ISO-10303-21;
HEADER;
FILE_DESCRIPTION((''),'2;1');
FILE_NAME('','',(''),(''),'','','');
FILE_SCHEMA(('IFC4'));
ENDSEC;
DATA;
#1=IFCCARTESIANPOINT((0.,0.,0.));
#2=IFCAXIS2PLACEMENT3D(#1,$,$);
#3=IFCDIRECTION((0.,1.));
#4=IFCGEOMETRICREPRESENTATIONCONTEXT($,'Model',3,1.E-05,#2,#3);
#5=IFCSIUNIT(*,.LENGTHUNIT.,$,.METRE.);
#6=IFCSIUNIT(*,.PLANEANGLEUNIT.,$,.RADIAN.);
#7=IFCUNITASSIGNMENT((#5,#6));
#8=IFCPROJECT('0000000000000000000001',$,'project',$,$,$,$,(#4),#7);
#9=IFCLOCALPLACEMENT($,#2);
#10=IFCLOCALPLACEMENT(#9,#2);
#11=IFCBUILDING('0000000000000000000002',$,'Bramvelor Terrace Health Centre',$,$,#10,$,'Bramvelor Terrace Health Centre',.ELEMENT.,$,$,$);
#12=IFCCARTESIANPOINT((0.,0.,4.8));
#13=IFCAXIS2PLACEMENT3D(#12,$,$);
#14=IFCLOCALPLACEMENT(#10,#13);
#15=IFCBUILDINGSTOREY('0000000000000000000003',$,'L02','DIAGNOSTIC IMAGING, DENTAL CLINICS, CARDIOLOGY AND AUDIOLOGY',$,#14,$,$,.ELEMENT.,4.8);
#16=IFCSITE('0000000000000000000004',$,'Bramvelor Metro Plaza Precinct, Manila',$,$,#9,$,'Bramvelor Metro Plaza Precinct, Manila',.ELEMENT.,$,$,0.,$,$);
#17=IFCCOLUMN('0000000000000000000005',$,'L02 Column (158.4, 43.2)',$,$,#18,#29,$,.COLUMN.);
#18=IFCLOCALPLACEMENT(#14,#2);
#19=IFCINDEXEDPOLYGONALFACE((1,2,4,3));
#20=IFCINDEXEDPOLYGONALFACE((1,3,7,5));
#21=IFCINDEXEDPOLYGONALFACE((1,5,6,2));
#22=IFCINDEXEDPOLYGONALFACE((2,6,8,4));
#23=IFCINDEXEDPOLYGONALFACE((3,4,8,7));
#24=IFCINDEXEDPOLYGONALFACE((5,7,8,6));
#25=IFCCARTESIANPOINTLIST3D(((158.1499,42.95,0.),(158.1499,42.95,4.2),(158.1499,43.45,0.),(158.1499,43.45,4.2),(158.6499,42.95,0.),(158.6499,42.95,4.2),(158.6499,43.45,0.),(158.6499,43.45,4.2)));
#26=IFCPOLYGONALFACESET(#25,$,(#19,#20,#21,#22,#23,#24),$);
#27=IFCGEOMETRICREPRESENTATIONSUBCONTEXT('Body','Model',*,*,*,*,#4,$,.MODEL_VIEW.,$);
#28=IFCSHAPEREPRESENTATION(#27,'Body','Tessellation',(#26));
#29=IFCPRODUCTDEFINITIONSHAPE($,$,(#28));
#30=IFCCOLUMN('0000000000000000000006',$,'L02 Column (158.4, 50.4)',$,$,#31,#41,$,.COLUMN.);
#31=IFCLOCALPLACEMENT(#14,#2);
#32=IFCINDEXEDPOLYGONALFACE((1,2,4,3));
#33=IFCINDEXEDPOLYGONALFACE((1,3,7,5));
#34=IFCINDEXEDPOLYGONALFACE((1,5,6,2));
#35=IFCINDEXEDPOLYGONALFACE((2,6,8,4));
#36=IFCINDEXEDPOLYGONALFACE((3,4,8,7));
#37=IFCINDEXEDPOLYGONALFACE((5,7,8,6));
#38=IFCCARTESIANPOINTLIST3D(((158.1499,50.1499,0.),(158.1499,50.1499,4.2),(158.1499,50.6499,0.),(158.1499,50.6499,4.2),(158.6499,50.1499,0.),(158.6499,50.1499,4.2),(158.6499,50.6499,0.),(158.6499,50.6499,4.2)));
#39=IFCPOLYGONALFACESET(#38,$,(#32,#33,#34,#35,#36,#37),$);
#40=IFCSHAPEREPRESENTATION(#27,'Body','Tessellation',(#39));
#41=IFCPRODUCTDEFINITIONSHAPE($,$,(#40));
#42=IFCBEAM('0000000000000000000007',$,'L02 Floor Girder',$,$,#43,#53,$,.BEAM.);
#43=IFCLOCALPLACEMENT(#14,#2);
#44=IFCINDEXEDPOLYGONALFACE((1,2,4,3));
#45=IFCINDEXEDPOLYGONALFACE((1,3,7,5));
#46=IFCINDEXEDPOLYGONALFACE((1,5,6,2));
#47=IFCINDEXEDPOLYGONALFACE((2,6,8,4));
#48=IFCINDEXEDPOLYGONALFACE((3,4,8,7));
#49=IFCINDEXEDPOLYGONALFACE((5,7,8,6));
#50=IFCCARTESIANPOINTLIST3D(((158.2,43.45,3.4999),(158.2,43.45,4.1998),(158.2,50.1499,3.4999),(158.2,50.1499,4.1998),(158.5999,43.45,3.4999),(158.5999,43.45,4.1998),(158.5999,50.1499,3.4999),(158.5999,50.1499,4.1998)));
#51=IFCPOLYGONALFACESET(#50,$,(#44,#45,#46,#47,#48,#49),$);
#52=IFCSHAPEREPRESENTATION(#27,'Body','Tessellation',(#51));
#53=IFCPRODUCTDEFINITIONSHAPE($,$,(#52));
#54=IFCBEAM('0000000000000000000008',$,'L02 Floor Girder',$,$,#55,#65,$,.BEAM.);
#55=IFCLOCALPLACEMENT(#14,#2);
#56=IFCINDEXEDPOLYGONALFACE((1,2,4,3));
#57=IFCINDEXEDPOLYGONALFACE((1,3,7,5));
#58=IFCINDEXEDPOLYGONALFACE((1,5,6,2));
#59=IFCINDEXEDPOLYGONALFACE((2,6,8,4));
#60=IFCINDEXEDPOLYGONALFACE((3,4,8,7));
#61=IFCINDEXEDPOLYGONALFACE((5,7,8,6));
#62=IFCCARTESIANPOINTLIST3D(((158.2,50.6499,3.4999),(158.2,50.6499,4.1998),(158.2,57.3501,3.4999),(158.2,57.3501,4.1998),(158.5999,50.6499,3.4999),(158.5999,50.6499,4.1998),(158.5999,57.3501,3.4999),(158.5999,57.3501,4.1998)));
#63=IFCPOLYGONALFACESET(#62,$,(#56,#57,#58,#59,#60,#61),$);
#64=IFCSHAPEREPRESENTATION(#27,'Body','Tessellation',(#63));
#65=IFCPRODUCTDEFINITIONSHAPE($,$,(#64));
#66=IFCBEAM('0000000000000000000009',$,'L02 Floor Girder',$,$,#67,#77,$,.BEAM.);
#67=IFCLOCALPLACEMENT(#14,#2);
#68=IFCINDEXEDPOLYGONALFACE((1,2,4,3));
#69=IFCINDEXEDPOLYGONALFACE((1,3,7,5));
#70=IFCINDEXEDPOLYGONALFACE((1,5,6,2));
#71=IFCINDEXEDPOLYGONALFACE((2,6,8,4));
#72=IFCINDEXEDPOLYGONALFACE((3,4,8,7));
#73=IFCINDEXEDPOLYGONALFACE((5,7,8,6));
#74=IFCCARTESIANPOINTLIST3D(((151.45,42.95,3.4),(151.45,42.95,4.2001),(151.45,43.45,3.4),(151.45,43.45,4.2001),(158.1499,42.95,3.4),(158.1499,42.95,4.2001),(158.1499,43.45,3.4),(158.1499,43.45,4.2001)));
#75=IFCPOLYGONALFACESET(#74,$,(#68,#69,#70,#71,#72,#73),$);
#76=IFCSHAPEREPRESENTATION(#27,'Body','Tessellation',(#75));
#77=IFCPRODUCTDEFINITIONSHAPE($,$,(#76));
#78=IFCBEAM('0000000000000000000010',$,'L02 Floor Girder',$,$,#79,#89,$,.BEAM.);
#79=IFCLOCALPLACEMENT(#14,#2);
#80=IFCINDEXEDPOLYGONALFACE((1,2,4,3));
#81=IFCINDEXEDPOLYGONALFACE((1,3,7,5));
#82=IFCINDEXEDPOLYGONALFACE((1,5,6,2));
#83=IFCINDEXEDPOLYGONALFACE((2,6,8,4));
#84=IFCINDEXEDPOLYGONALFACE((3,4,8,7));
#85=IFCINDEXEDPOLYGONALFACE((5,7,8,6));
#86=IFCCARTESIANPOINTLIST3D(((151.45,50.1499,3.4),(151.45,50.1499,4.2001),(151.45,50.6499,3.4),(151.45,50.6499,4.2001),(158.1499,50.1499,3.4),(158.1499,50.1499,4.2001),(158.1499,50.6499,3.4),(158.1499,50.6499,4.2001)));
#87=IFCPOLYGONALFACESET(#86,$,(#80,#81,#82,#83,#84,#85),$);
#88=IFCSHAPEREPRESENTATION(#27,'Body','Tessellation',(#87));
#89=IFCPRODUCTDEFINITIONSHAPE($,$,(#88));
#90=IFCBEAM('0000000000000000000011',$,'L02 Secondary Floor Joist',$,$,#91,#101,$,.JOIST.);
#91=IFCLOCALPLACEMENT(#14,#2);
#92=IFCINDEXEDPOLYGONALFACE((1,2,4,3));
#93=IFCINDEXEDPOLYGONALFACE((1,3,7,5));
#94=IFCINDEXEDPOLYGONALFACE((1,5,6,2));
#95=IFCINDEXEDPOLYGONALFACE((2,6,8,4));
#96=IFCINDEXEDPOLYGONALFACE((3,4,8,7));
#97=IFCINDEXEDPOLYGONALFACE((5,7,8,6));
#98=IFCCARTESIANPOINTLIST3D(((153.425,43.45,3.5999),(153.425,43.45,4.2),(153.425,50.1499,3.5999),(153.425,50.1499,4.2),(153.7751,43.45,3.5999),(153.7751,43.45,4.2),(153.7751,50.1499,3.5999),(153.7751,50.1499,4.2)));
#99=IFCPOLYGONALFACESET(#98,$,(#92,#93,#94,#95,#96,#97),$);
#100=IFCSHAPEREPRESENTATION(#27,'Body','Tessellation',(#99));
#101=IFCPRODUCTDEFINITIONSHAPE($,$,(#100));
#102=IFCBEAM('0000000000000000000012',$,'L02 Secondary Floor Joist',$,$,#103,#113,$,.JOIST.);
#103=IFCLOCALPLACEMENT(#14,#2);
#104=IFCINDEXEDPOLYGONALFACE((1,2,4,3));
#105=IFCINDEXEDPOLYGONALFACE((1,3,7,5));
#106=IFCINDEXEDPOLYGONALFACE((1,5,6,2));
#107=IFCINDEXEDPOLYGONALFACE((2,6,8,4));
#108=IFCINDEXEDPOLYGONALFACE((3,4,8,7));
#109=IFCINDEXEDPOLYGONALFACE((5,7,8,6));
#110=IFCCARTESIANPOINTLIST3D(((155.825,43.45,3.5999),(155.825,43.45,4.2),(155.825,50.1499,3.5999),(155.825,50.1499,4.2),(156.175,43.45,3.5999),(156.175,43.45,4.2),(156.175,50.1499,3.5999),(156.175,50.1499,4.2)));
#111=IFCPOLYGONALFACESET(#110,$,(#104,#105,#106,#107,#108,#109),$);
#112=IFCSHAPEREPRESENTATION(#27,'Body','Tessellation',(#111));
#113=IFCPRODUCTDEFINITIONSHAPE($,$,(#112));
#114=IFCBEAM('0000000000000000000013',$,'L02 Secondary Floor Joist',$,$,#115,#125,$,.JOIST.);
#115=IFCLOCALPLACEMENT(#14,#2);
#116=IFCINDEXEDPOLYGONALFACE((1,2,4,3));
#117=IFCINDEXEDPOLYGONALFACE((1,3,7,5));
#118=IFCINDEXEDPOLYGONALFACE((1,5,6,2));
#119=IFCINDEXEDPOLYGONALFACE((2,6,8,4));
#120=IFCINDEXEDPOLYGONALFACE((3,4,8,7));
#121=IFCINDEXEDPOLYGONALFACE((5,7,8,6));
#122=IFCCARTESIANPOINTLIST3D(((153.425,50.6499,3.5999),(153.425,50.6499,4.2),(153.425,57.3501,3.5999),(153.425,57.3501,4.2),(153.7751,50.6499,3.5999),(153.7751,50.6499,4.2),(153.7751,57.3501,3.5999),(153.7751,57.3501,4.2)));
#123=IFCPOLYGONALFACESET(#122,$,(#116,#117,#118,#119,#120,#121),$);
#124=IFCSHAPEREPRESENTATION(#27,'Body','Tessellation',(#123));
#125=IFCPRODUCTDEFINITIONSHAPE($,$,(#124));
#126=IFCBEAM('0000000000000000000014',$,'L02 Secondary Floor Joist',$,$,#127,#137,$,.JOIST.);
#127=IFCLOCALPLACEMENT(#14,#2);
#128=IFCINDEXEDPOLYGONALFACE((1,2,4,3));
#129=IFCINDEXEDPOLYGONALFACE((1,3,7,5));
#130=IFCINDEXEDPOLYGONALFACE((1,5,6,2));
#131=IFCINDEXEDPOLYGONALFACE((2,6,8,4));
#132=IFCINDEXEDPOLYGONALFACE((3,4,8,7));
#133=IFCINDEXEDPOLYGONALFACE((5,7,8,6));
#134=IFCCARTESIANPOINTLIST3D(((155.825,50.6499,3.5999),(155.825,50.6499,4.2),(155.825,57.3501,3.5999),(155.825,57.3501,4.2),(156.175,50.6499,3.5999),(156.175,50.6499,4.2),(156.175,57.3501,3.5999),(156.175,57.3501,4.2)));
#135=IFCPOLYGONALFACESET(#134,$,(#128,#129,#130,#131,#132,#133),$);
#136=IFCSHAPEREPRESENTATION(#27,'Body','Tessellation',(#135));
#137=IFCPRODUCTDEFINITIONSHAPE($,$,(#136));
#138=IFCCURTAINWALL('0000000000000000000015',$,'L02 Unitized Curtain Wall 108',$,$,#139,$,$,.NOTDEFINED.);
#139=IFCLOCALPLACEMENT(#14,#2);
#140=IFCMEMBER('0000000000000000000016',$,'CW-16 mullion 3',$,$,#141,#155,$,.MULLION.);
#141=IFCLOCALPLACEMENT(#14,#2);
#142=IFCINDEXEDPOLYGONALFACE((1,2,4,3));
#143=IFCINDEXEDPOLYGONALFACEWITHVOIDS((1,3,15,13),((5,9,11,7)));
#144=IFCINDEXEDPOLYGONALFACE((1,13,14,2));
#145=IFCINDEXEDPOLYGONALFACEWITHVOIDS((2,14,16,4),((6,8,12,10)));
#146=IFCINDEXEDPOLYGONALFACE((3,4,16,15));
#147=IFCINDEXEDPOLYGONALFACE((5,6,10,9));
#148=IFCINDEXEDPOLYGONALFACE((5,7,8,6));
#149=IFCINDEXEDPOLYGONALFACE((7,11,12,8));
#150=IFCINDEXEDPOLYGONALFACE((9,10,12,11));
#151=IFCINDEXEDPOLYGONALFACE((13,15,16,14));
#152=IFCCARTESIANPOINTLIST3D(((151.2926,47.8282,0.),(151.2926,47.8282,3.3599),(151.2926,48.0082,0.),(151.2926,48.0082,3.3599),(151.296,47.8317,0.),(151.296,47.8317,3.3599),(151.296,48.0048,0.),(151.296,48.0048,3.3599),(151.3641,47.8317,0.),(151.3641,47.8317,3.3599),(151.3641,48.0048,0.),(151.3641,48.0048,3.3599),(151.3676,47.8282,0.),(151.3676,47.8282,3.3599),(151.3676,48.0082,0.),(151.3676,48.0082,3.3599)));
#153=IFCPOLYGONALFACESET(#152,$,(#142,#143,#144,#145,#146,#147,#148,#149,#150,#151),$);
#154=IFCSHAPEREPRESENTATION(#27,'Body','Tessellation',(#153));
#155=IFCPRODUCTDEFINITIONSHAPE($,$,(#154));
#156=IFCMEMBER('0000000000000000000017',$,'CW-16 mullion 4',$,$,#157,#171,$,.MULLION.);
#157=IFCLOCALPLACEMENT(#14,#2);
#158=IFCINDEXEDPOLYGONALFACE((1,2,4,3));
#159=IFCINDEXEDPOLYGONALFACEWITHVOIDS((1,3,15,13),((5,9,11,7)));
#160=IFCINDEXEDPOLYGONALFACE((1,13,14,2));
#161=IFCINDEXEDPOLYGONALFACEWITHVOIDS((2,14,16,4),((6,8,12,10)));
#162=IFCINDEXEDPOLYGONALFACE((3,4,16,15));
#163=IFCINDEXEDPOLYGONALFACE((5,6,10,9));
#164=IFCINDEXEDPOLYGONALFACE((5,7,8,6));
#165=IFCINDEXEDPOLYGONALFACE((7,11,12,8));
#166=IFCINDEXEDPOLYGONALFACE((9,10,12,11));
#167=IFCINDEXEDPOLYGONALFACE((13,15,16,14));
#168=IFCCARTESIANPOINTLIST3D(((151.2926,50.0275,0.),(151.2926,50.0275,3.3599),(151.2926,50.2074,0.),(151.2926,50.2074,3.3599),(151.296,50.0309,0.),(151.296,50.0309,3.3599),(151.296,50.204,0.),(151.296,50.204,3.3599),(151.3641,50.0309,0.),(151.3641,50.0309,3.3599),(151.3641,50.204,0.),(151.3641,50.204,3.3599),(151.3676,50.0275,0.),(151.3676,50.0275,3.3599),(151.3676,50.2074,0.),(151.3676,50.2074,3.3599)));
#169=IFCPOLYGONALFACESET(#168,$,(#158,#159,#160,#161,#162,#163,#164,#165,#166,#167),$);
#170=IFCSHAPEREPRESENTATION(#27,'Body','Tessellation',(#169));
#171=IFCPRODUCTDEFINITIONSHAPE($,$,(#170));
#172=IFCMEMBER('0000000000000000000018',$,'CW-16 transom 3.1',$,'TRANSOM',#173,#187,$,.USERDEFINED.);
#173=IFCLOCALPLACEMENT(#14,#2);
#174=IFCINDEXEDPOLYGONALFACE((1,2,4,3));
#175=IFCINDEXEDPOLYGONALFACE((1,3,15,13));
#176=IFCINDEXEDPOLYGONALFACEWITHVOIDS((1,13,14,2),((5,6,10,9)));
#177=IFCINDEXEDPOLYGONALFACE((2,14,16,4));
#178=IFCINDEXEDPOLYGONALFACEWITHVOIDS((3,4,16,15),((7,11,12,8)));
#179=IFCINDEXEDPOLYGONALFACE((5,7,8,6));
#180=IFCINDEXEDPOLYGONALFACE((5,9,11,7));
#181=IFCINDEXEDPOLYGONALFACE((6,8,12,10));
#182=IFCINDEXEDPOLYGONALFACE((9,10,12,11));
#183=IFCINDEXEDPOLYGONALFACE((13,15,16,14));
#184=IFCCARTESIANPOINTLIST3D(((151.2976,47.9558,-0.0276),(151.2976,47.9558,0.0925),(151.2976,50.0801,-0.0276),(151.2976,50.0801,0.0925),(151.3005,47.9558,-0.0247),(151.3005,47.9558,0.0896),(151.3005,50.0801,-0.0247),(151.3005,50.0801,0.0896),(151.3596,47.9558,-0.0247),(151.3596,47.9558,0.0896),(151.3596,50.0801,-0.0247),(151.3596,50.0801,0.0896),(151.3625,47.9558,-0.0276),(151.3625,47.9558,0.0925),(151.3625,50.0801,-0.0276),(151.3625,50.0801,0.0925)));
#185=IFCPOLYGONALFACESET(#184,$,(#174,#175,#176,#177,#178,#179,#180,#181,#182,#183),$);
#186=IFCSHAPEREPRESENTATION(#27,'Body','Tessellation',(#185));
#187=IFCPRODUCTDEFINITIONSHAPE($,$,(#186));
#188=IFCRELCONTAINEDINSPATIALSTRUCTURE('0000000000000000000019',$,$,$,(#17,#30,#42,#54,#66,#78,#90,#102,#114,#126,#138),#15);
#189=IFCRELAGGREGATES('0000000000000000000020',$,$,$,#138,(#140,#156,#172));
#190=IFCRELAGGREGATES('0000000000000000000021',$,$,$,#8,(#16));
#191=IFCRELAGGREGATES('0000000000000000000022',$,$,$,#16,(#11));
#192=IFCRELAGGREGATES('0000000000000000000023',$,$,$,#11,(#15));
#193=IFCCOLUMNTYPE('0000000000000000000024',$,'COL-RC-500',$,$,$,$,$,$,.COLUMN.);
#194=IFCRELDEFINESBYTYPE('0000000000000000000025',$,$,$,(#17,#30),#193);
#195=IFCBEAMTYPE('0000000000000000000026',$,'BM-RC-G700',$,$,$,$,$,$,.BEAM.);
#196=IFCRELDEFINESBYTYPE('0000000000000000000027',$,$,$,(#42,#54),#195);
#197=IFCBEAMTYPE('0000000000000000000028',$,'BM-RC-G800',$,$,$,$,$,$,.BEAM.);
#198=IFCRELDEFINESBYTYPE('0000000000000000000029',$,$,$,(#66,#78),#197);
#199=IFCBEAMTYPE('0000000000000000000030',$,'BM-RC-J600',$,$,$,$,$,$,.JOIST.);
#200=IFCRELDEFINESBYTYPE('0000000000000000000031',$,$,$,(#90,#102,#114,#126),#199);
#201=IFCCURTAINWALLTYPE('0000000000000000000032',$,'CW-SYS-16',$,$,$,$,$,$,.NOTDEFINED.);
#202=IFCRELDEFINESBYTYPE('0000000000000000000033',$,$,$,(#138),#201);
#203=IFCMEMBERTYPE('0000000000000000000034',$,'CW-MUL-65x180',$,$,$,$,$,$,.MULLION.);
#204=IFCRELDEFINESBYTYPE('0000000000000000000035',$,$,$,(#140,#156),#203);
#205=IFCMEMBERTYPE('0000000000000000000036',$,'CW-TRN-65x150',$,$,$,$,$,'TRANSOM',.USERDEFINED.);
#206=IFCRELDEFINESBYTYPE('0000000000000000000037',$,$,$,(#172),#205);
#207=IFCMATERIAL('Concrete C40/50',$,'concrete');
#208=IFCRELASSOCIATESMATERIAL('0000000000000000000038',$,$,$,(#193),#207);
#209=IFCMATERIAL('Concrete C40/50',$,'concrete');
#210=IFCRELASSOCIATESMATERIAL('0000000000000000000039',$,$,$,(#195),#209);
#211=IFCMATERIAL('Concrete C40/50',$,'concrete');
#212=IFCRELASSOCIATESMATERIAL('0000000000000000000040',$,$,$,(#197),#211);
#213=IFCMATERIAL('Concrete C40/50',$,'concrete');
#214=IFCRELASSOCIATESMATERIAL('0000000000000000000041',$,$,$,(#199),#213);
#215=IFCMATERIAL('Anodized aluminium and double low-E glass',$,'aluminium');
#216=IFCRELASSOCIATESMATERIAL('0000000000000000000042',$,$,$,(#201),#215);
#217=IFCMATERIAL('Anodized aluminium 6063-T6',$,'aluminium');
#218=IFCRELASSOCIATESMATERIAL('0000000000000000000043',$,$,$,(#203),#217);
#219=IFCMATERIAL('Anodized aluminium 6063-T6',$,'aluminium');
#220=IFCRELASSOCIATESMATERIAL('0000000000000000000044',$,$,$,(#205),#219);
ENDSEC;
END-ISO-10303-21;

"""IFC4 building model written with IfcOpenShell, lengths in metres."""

from ifc_helpers import new_model, si_unit, direction, frame, origin, origin_2d, place, context, subcontext, project, spatial, rectangle, hollow_rectangle, extrude, material, material_profile, profile_set, type_object, element, aggregate, save


model = new_model("IFC4")

# Units and contexts
model_context = context("Model", 3, precision=1e-05, world=origin(), true_north=direction((0.0, 1.0)))
body_context = subcontext(model_context, "Body", "Model", "MODEL_VIEW")
ifc_project = project(units=[si_unit("LENGTHUNIT", "METRE"), si_unit("PLANEANGLEUNIT", "RADIAN")], contexts=[model_context])

# Site, building, storey
site_placement = place(None, origin())
site = spatial("IfcSite", under=ifc_project, at=site_placement, Name="Bramvelor Metro Plaza Precinct, Manila", LongName="Bramvelor Metro Plaza Precinct, Manila", CompositionType="ELEMENT", RefElevation=0.0)
building_placement = place(site_placement, origin())
building = spatial("IfcBuilding", under=site, at=building_placement, Name="Bramvelor Terrace Health Centre", LongName="Bramvelor Terrace Health Centre", CompositionType="ELEMENT")
storey_placement = place(building_placement, frame((0.0, 0.0, 4.8)))
storey = spatial("IfcBuildingStorey", under=building, at=storey_placement, Name="L02", Description="DIAGNOSTIC IMAGING, DENTAL CLINICS, CARDIOLOGY AND AUDIOLOGY", CompositionType="ELEMENT", Elevation=4.8)

# Columns
ifc_material_1 = material(Name="Concrete C40/50", Category="concrete")
ifc_material_profile_1 = material_profile(ifc_material_1, rectangle(XDim=0.5, YDim=0.5, at=origin_2d()), Name="RC 500x500")
ifc_profile_set_1 = profile_set([ifc_material_profile_1], Name="Concrete C40/50")
column_type = type_object("IfcColumnType", Name="COL-RC-500", PredefinedType="COLUMN", material=ifc_profile_set_1)
for number, where, z_axis, x_axis, name in (
    (1, (158.3999, 43.2, 0.0), (0.0, 0.0, 1.0), (1.0, 0.0, 0.0), "L02 Column (158.4, 43.2)"),
    (2, (158.3999, 50.3999, 0.0), (0.0, 0.0, 1.0), (1.0, 0.0, 0.0), "L02 Column (158.4, 50.4)"),
):
    element("IfcColumn", number, at=place(storey_placement, frame(where, z_axis=z_axis, x_axis=x_axis)), inside=storey, type_object=column_type, Name=name, PredefinedType="COLUMN", context=body_context, shape_type="SweptSolid", body=[
        extrude(rectangle(XDim=0.5, YDim=0.5, at=origin_2d()), origin(), (0.0, 0.0, 1.0), 4.2),
    ])

# Beams
ifc_material_2 = material(Name="Concrete C40/50", Category="concrete")
ifc_material_profile_2 = material_profile(ifc_material_2, rectangle(XDim=0.3999, YDim=0.7, at=origin_2d()), Name="RC 400x700")
ifc_profile_set_2 = profile_set([ifc_material_profile_2], Name="Concrete C40/50")
beam_type_1 = type_object("IfcBeamType", Name="BM-RC-G700", PredefinedType="BEAM", material=ifc_profile_set_2)
beam_1_placement = place(storey_placement, frame((158.3999, 43.45, 3.8499), z_axis=(0.0, 1.0, 0.0), x_axis=(-1.0, 0.0, 0.0)))
element("IfcBeam", 3, at=beam_1_placement, inside=storey, type_object=beam_type_1, Name="L02 Floor Girder", PredefinedType="BEAM", context=body_context, shape_type="SweptSolid", body=[
    extrude(rectangle(XDim=0.3999, YDim=0.7, at=origin_2d()), origin(), (0.0, 0.0, 1.0), 6.7),
])
beam_2_placement = place(storey_placement, frame((158.3999, 50.6499, 3.8499), z_axis=(0.0, 1.0, 0.0), x_axis=(-1.0, 0.0, 0.0)))
element("IfcBeam", 4, at=beam_2_placement, inside=storey, type_object=beam_type_1, Name="L02 Floor Girder", PredefinedType="BEAM", context=body_context, shape_type="SweptSolid", body=[
    extrude(rectangle(XDim=0.3999, YDim=0.7, at=origin_2d()), origin(), (0.0, 0.0, 1.0), 6.7002),
])
ifc_material_3 = material(Name="Concrete C40/50", Category="concrete")
ifc_material_profile_3 = material_profile(ifc_material_3, rectangle(XDim=0.5, YDim=0.8, at=origin_2d()), Name="RC 500x800")
ifc_profile_set_3 = profile_set([ifc_material_profile_3], Name="Concrete C40/50")
beam_type_2 = type_object("IfcBeamType", Name="BM-RC-G800", PredefinedType="BEAM", material=ifc_profile_set_3)
for number, where, z_axis, x_axis, name in (
    (5, (151.45, 43.2, 3.8), (1.0, 0.0, 0.0), (0.0, 1.0, 0.0), "L02 Floor Girder"),
    (6, (151.45, 50.3999, 3.8), (1.0, 0.0, 0.0), (0.0, 1.0, 0.0), "L02 Floor Girder"),
):
    element("IfcBeam", number, at=place(storey_placement, frame(where, z_axis=z_axis, x_axis=x_axis)), inside=storey, type_object=beam_type_2, Name=name, PredefinedType="BEAM", context=body_context, shape_type="SweptSolid", body=[
        extrude(rectangle(XDim=0.5, YDim=0.8, at=origin_2d()), origin(), (0.0, 0.0, 1.0), 6.7),
    ])
ifc_material_4 = material(Name="Concrete C40/50", Category="concrete")
ifc_material_profile_4 = material_profile(ifc_material_4, rectangle(XDim=0.3501, YDim=0.6001, at=origin_2d()), Name="RC 350x600")
ifc_profile_set_4 = profile_set([ifc_material_profile_4], Name="Concrete C40/50")
beam_type_3 = type_object("IfcBeamType", Name="BM-RC-J600", PredefinedType="JOIST", material=ifc_profile_set_4)
for number, where, z_axis, x_axis, name in (
    (7, (153.6001, 43.45, 3.8999), (0.0, 1.0, 0.0), (-1.0, 0.0, 0.0), "L02 Secondary Floor Joist"),
    (8, (156.0, 43.45, 3.8999), (0.0, 1.0, 0.0), (-1.0, 0.0, 0.0), "L02 Secondary Floor Joist"),
):
    element("IfcBeam", number, at=place(storey_placement, frame(where, z_axis=z_axis, x_axis=x_axis)), inside=storey, type_object=beam_type_3, Name=name, PredefinedType="JOIST", context=body_context, shape_type="SweptSolid", body=[
        extrude(rectangle(XDim=0.3501, YDim=0.6001, at=origin_2d()), origin(), (0.0, 0.0, 1.0), 6.7),
    ])
for number, where, z_axis, x_axis, name in (
    (9, (153.6001, 50.6499, 3.8999), (0.0, 1.0, 0.0), (-1.0, 0.0, 0.0), "L02 Secondary Floor Joist"),
    (10, (156.0, 50.6499, 3.8999), (0.0, 1.0, 0.0), (-1.0, 0.0, 0.0), "L02 Secondary Floor Joist"),
):
    element("IfcBeam", number, at=place(storey_placement, frame(where, z_axis=z_axis, x_axis=x_axis)), inside=storey, type_object=beam_type_3, Name=name, PredefinedType="JOIST", context=body_context, shape_type="SweptSolid", body=[
        extrude(rectangle(XDim=0.3501, YDim=0.6001, at=origin_2d()), origin(), (0.0, 0.0, 1.0), 6.7002),
    ])

# Curtain wall, members
ifc_material_5 = material(Name="Anodized aluminium and double low-E glass", Category="aluminium")
curtain_wall_type = type_object("IfcCurtainWallType", Name="CW-SYS-16", PredefinedType="NOTDEFINED", material=ifc_material_5)
curtain_wall_placement = place(storey_placement, origin())
curtain_wall = element("IfcCurtainWall", 11, at=curtain_wall_placement, inside=storey, type_object=curtain_wall_type, Name="L02 Unitized Curtain Wall 108", PredefinedType="NOTDEFINED")
ifc_material_6 = material(Name="Anodized aluminium 6063-T6", Category="aluminium")
ifc_material_profile_5 = material_profile(ifc_material_6, hollow_rectangle(XDim=0.075, YDim=0.1799, WallThickness=0.0034, at=origin_2d()), Name="ALU-MUL 75x180x3.5")
ifc_profile_set_5 = profile_set([ifc_material_profile_5], Name="Anodized aluminium 6063-T6")
member_type_1 = type_object("IfcMemberType", Name="CW-MUL-65x180", PredefinedType="MULLION", material=ifc_profile_set_5)
member_1_placement = place(storey_placement, frame((151.3301, 47.9182, 0.0), z_axis=(0.0, 0.0, 1.0), x_axis=(-1.0, 0.0, 0.0)))
member_1 = element("IfcMember", 12, at=member_1_placement, type_object=member_type_1, Name="CW-16 mullion 3", PredefinedType="MULLION", context=body_context, shape_type="SweptSolid", body=[
    extrude(hollow_rectangle(XDim=0.075, YDim=0.1799, WallThickness=0.0034, at=origin_2d()), origin(), (0.0, 0.0, 1.0), 3.3599),
])
member_2_placement = place(storey_placement, frame((151.3301, 50.1174, 0.0), z_axis=(0.0, 0.0, 1.0), x_axis=(-1.0, 0.0, 0.0)))
member_2 = element("IfcMember", 13, at=member_2_placement, type_object=member_type_1, Name="CW-16 mullion 4", PredefinedType="MULLION", context=body_context, shape_type="SweptSolid", body=[
    extrude(hollow_rectangle(XDim=0.075, YDim=0.1799, WallThickness=0.0034, at=origin_2d()), origin(), (0.0, 0.0, 1.0), 3.3599),
])
ifc_material_7 = material(Name="Anodized aluminium 6063-T6", Category="aluminium")
ifc_material_profile_6 = material_profile(ifc_material_7, hollow_rectangle(XDim=0.0649, YDim=0.1201, WallThickness=0.0029, at=origin_2d()), Name="ALU-TRN 65x120x3.0")
ifc_profile_set_6 = profile_set([ifc_material_profile_6], Name="Anodized aluminium 6063-T6")
member_type_2 = type_object("IfcMemberType", Name="CW-TRN-65x150", ElementType="TRANSOM", PredefinedType="USERDEFINED", material=ifc_profile_set_6)
member_3_placement = place(storey_placement, frame((151.3301, 47.9558, 0.0325), z_axis=(0.0, 1.0, 0.0), x_axis=(-1.0, 0.0, 0.0)))
member_3 = element("IfcMember", 14, at=member_3_placement, type_object=member_type_2, Name="CW-16 transom 3.1", ObjectType="TRANSOM", PredefinedType="USERDEFINED", context=body_context, shape_type="SweptSolid", body=[
    extrude(hollow_rectangle(XDim=0.0649, YDim=0.1201, WallThickness=0.0029, at=origin_2d()), origin(), (0.0, 0.0, 1.0), 2.1243),
])
aggregate(curtain_wall, [member_1, member_2, member_3])

save(model, "model.ifc")
